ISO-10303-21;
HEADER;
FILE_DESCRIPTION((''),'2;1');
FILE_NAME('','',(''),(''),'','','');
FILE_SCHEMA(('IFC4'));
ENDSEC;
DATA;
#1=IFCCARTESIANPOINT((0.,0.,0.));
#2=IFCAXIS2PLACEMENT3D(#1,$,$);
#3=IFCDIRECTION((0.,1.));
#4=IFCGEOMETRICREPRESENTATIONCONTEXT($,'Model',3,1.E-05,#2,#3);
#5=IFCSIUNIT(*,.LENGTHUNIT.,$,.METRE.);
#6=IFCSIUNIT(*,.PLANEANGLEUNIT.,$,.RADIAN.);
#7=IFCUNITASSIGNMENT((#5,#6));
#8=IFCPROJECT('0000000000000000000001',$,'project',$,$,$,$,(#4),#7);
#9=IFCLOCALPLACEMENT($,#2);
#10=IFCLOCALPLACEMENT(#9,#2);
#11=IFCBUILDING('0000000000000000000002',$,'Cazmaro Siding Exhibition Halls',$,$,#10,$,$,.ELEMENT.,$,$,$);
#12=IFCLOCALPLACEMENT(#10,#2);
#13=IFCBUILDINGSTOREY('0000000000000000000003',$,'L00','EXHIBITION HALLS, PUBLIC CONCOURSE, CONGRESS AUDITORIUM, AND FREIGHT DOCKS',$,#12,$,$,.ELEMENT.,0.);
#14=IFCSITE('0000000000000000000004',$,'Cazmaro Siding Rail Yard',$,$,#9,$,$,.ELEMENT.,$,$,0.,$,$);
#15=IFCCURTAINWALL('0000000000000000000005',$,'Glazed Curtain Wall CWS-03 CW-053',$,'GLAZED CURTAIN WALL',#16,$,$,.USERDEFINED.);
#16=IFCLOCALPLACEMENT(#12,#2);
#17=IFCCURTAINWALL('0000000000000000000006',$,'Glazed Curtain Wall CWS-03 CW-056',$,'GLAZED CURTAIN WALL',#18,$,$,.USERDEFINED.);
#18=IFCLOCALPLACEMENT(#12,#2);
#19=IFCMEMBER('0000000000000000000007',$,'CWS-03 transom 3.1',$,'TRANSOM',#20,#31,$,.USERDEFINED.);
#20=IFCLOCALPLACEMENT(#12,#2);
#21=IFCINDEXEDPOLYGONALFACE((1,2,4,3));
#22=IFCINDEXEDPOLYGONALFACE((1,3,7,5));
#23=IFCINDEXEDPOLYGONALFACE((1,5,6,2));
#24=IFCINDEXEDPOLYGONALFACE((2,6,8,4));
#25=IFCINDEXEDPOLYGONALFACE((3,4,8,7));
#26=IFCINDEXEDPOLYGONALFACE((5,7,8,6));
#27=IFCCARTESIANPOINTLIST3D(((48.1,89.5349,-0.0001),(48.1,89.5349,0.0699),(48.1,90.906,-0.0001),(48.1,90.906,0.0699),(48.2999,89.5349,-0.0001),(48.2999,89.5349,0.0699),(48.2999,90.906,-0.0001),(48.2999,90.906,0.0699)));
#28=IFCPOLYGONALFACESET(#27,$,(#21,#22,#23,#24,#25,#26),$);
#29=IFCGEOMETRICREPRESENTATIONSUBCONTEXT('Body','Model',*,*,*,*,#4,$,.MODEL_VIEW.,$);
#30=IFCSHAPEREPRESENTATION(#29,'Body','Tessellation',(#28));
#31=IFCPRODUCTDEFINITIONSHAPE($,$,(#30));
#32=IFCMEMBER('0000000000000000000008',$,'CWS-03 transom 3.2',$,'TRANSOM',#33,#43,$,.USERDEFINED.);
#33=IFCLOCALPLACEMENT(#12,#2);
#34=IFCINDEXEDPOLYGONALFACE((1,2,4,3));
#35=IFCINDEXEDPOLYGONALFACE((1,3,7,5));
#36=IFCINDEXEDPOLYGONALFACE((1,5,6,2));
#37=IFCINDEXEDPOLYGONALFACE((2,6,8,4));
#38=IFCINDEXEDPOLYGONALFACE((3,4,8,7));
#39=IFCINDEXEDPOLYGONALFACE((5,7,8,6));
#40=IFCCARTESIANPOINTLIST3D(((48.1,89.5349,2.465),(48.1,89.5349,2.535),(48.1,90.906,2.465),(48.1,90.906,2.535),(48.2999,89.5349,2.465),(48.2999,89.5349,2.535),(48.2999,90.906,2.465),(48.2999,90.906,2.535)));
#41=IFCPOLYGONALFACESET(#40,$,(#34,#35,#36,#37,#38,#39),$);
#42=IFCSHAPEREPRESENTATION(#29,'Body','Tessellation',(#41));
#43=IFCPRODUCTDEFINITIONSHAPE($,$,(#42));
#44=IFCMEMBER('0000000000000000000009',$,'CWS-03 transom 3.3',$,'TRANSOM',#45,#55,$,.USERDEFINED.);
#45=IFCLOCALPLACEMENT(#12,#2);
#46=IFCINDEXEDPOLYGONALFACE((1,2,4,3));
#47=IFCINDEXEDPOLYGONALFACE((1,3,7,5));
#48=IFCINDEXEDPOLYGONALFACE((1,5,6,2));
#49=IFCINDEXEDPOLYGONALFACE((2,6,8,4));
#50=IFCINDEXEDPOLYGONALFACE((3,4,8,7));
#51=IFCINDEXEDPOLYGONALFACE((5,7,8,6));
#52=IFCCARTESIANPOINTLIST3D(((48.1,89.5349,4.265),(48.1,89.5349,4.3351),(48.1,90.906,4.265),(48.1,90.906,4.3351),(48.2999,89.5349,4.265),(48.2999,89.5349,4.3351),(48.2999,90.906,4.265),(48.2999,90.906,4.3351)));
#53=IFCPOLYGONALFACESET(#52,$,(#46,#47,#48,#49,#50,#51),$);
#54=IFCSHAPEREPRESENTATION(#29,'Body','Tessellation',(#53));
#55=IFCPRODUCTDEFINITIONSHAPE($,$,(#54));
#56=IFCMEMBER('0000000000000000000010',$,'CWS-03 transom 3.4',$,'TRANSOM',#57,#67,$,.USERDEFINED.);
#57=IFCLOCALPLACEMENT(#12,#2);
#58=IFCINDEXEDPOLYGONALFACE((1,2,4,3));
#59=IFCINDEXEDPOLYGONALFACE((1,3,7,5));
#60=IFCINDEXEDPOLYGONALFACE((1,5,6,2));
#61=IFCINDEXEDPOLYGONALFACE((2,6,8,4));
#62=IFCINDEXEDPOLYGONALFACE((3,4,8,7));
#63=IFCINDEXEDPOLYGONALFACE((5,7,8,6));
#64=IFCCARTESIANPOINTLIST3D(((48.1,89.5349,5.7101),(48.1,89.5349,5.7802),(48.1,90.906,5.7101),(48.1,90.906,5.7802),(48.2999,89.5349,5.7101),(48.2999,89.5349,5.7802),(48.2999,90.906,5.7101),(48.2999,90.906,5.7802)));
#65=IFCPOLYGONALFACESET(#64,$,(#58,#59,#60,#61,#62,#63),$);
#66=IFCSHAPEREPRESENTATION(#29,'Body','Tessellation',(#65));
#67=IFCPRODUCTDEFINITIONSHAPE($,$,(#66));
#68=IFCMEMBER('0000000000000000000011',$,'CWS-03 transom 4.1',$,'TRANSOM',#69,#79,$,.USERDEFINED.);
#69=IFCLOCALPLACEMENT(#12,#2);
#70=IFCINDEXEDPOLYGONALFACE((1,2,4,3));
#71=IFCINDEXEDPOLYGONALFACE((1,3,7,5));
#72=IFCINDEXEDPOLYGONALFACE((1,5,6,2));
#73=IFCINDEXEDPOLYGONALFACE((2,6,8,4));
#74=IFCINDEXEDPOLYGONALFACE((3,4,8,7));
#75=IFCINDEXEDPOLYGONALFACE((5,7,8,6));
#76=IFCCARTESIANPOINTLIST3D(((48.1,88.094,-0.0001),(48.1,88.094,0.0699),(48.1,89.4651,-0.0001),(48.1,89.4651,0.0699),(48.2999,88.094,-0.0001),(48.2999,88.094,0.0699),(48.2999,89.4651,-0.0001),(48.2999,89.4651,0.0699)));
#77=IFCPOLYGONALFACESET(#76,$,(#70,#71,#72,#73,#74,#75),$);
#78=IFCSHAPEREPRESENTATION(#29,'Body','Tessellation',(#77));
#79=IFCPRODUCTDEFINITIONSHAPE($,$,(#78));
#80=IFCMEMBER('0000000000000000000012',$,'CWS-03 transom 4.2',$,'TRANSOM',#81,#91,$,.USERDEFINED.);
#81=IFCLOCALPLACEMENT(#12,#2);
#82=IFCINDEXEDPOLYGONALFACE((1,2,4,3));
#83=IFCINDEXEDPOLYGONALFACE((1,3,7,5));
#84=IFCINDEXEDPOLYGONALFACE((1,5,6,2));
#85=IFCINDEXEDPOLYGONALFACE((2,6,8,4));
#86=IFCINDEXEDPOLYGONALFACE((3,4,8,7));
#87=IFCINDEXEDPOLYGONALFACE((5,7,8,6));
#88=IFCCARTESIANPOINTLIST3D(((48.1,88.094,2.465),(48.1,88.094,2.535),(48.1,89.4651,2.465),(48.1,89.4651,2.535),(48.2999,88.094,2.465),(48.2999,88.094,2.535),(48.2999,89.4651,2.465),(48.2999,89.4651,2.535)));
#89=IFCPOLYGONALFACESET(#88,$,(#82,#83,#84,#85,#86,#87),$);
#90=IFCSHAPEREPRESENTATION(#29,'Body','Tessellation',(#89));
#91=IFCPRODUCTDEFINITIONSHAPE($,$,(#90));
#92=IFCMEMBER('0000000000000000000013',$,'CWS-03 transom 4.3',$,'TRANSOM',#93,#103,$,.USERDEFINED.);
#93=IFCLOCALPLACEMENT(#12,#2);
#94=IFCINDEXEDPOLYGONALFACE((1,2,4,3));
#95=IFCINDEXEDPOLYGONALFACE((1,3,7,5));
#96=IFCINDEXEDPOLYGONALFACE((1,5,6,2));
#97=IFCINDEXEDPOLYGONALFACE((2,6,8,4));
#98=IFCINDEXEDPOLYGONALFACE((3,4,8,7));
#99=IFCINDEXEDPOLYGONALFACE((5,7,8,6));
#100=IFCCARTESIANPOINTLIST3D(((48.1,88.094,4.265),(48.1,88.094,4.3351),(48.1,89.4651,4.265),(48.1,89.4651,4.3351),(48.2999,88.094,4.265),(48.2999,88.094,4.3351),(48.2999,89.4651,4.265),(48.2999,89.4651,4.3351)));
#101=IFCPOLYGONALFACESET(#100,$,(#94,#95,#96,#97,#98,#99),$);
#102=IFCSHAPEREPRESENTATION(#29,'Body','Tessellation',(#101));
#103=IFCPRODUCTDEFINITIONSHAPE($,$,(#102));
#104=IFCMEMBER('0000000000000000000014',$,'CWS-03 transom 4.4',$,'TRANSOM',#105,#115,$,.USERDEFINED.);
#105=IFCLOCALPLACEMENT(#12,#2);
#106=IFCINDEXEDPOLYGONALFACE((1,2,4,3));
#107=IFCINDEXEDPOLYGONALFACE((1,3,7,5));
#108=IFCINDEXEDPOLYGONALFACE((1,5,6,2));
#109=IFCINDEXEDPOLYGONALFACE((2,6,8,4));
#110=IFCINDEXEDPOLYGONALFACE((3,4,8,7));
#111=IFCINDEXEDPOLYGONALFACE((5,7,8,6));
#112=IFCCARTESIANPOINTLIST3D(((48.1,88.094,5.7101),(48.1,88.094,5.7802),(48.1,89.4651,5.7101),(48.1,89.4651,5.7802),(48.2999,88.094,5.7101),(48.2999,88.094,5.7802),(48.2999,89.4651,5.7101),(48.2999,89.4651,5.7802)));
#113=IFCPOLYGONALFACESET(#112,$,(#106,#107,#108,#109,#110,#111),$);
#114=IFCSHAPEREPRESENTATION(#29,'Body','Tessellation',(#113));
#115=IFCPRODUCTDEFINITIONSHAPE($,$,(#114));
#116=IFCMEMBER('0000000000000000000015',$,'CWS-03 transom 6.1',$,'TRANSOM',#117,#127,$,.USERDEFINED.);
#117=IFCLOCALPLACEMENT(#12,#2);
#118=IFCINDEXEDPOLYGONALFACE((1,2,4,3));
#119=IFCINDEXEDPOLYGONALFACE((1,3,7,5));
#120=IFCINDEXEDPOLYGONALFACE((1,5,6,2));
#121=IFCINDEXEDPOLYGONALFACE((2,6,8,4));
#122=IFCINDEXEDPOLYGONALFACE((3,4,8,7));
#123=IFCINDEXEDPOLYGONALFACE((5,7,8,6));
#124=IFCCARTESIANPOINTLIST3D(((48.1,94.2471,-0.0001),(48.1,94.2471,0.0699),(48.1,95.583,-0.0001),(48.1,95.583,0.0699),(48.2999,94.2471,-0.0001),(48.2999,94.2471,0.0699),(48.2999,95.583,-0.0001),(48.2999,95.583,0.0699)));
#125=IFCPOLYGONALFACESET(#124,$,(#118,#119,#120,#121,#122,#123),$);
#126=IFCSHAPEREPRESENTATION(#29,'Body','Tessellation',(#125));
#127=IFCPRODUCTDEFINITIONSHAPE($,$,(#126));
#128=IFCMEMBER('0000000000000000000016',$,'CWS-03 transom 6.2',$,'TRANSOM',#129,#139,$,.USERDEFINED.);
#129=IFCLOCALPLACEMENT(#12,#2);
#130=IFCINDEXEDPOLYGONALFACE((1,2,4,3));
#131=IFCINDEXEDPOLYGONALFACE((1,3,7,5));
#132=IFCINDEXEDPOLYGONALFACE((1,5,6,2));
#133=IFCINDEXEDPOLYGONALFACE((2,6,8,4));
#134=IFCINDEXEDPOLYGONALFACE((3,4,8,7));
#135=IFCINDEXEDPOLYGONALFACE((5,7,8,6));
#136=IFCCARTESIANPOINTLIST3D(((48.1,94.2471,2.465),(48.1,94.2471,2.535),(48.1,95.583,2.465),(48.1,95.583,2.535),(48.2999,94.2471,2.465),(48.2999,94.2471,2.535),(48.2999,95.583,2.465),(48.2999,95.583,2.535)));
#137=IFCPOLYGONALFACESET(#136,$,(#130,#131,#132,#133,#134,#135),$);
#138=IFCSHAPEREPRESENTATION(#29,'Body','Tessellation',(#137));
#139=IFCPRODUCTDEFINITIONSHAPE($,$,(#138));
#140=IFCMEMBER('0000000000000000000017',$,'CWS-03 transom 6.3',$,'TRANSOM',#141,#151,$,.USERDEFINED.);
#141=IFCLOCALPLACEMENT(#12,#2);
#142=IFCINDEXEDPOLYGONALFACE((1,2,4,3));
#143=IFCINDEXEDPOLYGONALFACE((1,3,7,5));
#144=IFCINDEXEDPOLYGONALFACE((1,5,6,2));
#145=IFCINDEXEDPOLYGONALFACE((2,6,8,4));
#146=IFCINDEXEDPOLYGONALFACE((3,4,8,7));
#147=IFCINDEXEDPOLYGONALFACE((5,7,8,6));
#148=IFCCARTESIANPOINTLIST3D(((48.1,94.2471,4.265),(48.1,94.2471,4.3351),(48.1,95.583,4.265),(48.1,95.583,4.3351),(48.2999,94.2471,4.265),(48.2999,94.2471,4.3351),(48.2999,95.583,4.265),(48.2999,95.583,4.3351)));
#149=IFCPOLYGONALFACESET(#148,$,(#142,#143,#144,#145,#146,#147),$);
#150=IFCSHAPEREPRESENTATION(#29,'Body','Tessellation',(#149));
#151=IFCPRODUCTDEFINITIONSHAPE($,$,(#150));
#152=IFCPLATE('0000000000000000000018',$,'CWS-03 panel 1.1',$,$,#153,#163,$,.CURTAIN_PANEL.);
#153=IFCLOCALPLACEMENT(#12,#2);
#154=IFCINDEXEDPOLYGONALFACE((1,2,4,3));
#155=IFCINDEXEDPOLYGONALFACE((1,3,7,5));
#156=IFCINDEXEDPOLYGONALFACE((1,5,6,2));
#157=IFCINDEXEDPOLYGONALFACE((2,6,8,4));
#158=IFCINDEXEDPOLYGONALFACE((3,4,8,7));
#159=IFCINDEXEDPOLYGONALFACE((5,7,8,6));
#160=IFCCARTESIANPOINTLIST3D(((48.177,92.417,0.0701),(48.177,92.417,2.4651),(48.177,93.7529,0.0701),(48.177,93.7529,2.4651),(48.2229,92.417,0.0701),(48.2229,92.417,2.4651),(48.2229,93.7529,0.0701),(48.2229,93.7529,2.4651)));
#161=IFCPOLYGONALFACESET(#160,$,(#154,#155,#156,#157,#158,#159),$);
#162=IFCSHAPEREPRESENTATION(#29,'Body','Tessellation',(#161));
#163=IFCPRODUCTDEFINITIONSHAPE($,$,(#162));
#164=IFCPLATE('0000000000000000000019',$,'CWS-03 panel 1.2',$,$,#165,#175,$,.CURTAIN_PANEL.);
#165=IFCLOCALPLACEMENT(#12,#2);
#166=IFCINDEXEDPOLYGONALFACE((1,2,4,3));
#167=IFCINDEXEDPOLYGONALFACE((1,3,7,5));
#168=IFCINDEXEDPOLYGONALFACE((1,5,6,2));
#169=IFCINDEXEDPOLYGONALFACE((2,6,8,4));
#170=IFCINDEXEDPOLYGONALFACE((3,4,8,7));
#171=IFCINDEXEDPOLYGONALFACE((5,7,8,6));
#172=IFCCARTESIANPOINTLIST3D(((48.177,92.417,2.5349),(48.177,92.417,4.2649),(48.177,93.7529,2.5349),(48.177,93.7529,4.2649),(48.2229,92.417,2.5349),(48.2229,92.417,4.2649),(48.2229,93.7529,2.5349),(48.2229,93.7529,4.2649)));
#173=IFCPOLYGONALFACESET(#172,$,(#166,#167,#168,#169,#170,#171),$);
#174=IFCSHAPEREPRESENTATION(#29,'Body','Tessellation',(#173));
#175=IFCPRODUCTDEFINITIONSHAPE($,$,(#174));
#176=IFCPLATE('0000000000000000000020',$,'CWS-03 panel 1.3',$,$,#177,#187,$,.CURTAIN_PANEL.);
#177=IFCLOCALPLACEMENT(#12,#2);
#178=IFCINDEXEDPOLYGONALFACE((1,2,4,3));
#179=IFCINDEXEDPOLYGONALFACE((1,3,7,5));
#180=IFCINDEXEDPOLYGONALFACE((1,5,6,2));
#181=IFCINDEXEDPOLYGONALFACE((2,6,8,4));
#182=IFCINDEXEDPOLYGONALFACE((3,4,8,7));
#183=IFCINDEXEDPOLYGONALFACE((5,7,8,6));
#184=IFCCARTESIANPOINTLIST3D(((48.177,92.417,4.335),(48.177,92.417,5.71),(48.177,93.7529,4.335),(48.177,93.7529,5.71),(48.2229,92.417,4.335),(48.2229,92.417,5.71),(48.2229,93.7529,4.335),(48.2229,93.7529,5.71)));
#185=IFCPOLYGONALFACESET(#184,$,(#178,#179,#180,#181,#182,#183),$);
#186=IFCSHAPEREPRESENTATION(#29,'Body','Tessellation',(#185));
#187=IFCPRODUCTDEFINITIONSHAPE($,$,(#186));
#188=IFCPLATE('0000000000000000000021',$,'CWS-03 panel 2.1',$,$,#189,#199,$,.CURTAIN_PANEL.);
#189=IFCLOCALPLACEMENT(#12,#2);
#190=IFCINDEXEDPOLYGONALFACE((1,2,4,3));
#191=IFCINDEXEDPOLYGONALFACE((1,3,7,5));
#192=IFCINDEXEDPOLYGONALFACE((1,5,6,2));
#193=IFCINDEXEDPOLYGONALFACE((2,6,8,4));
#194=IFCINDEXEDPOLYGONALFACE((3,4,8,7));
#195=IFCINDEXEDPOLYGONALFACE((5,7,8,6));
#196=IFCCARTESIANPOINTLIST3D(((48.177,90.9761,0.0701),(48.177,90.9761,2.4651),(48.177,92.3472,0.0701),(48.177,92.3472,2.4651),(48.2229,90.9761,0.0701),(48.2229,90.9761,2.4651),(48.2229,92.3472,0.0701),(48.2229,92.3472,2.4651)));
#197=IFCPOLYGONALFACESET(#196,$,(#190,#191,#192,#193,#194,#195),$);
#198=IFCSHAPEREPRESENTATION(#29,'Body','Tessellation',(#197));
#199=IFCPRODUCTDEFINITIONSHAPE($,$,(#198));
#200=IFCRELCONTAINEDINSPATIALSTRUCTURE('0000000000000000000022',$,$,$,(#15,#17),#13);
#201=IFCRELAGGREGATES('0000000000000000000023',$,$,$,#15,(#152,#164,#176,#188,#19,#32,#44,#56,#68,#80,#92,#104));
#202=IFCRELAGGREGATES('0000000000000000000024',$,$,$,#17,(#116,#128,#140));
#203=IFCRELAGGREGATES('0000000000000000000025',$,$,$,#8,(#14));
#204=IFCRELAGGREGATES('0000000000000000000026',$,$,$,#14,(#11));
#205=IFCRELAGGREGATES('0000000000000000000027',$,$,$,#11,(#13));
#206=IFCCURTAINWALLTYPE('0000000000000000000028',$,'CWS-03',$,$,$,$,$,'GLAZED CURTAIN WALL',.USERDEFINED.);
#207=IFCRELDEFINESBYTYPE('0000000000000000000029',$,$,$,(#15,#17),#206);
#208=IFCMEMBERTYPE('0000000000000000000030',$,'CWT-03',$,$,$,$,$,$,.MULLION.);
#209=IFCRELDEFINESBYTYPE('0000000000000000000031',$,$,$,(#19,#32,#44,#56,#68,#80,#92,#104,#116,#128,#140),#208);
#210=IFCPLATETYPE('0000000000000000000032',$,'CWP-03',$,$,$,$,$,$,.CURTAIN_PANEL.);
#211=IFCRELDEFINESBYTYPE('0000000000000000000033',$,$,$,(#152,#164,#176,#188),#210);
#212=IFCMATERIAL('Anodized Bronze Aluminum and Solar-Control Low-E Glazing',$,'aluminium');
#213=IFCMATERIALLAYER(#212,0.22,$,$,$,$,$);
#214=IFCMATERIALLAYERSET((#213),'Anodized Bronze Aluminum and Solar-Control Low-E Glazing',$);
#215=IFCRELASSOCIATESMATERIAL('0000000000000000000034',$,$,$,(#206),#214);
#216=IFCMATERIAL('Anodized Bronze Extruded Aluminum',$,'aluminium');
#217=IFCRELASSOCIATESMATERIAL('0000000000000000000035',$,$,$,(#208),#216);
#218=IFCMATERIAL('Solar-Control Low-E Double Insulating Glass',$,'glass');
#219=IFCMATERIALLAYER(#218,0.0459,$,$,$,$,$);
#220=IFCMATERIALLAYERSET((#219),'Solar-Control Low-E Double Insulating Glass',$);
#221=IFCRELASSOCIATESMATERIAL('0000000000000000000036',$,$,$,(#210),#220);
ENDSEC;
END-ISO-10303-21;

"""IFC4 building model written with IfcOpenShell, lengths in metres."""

from ifc_helpers import new_model, si_unit, direction, frame, origin, origin_2d, place, context, subcontext, project, spatial, rectangle, extrude, material, layer, layer_set, material_profile, profile_set, type_object, element, aggregate, save


model = new_model("IFC4")

# Units and contexts
model_context = context("Model", 3, precision=1e-05, world=origin(), true_north=direction((0.0, 1.0)))
body_context = subcontext(model_context, "Body", "Model", "MODEL_VIEW")
ifc_project = project(units=[si_unit("LENGTHUNIT", "METRE"), si_unit("PLANEANGLEUNIT", "RADIAN")], contexts=[model_context])

# Site, building, storey
site_placement = place(None, origin())
site = spatial("IfcSite", under=ifc_project, at=site_placement, Name="Cazmaro Siding Rail Yard", CompositionType="ELEMENT", RefElevation=0.0)
building_placement = place(site_placement, origin())
building = spatial("IfcBuilding", under=site, at=building_placement, Name="Cazmaro Siding Exhibition Halls", CompositionType="ELEMENT")
storey_placement = place(building_placement, origin())
storey = spatial("IfcBuildingStorey", under=building, at=storey_placement, Name="L00", Description="EXHIBITION HALLS, PUBLIC CONCOURSE, CONGRESS AUDITORIUM, AND FREIGHT DOCKS", CompositionType="ELEMENT", Elevation=0.0)

# Curtain wall
ifc_material_1 = material(Name="Anodized Bronze Aluminum and Solar-Control Low-E Glazing", Category="aluminium")
ifc_layer_1 = layer(ifc_material_1, 0.22)
ifc_layer_set_1 = layer_set([ifc_layer_1], Name="Anodized Bronze Aluminum and Solar-Control Low-E Glazing")
curtain_wall_type = type_object("IfcCurtainWallType", Name="CWS-03", ElementType="GLAZED CURTAIN WALL", PredefinedType="USERDEFINED", material=ifc_layer_set_1)
curtain_wall_1_placement = place(storey_placement, origin())
curtain_wall_1 = element("IfcCurtainWall", 1, at=curtain_wall_1_placement, inside=storey, type_object=curtain_wall_type, Name="Glazed Curtain Wall CWS-03 CW-053", ObjectType="GLAZED CURTAIN WALL", PredefinedType="USERDEFINED")

# Curtain wall
curtain_wall_2_placement = place(storey_placement, origin())
curtain_wall_2 = element("IfcCurtainWall", 2, at=curtain_wall_2_placement, inside=storey, type_object=curtain_wall_type, Name="Glazed Curtain Wall CWS-03 CW-056", ObjectType="GLAZED CURTAIN WALL", PredefinedType="USERDEFINED")

# Members
ifc_material_2 = material(Name="Anodized Bronze Extruded Aluminum", Category="aluminium")
ifc_material_profile_1 = material_profile(ifc_material_2, rectangle(XDim=0.2, YDim=0.0701, at=origin_2d()), Name="CWT-03")
ifc_profile_set_1 = profile_set([ifc_material_profile_1], Name="Anodized Bronze Extruded Aluminum")
member_type_1 = type_object("IfcMemberType", Name="CWT-03", PredefinedType="MULLION", material=ifc_profile_set_1)
member_1_placement = place(storey_placement, frame((48.2, 90.906, 0.0349), z_axis=(0.0, -1.0, 0.0), x_axis=(1.0, 0.0, 0.0)))
member_1 = element("IfcMember", 3, at=member_1_placement, type_object=member_type_1, Name="CWS-03 transom 3.1", ObjectType="TRANSOM", PredefinedType="USERDEFINED", context=body_context, shape_type="SweptSolid", body=[
    extrude(rectangle(XDim=0.2, YDim=0.0701, at=origin_2d()), origin(), (0.0, 0.0, 1.0), 1.3711),
])
member_2_placement = place(storey_placement, frame((48.2, 90.906, 2.5), z_axis=(0.0, -1.0, 0.0), x_axis=(1.0, 0.0, 0.0)))
member_2 = element("IfcMember", 4, at=member_2_placement, type_object=member_type_1, Name="CWS-03 transom 3.2", ObjectType="TRANSOM", PredefinedType="USERDEFINED", context=body_context, shape_type="SweptSolid", body=[
    extrude(rectangle(XDim=0.2, YDim=0.0701, at=origin_2d()), origin(), (0.0, 0.0, 1.0), 1.3711),
])
member_3_placement = place(storey_placement, frame((48.2, 90.906, 4.3), z_axis=(0.0, -1.0, 0.0), x_axis=(1.0, 0.0, 0.0)))
member_3 = element("IfcMember", 5, at=member_3_placement, type_object=member_type_1, Name="CWS-03 transom 3.3", ObjectType="TRANSOM", PredefinedType="USERDEFINED", context=body_context, shape_type="SweptSolid", body=[
    extrude(rectangle(XDim=0.2, YDim=0.0701, at=origin_2d()), origin(), (0.0, 0.0, 1.0), 1.3711),
])
member_4_placement = place(storey_placement, frame((48.2, 90.906, 5.7451), z_axis=(0.0, -1.0, 0.0), x_axis=(1.0, 0.0, 0.0)))
member_4 = element("IfcMember", 6, at=member_4_placement, type_object=member_type_1, Name="CWS-03 transom 3.4", ObjectType="TRANSOM", PredefinedType="USERDEFINED", context=body_context, shape_type="SweptSolid", body=[
    extrude(rectangle(XDim=0.2, YDim=0.0701, at=origin_2d()), origin(), (0.0, 0.0, 1.0), 1.3711),
])
member_5_placement = place(storey_placement, frame((48.2, 89.4651, 0.0349), z_axis=(0.0, -1.0, 0.0), x_axis=(1.0, 0.0, 0.0)))
member_5 = element("IfcMember", 7, at=member_5_placement, type_object=member_type_1, Name="CWS-03 transom 4.1", ObjectType="TRANSOM", PredefinedType="USERDEFINED", context=body_context, shape_type="SweptSolid", body=[
    extrude(rectangle(XDim=0.2, YDim=0.0701, at=origin_2d()), origin(), (0.0, 0.0, 1.0), 1.3711),
])
member_6_placement = place(storey_placement, frame((48.2, 89.4651, 2.5), z_axis=(0.0, -1.0, 0.0), x_axis=(1.0, 0.0, 0.0)))
member_6 = element("IfcMember", 8, at=member_6_placement, type_object=member_type_1, Name="CWS-03 transom 4.2", ObjectType="TRANSOM", PredefinedType="USERDEFINED", context=body_context, shape_type="SweptSolid", body=[
    extrude(rectangle(XDim=0.2, YDim=0.0701, at=origin_2d()), origin(), (0.0, 0.0, 1.0), 1.3711),
])
member_7_placement = place(storey_placement, frame((48.2, 89.4651, 4.3), z_axis=(0.0, -1.0, 0.0), x_axis=(1.0, 0.0, 0.0)))
member_7 = element("IfcMember", 9, at=member_7_placement, type_object=member_type_1, Name="CWS-03 transom 4.3", ObjectType="TRANSOM", PredefinedType="USERDEFINED", context=body_context, shape_type="SweptSolid", body=[
    extrude(rectangle(XDim=0.2, YDim=0.0701, at=origin_2d()), origin(), (0.0, 0.0, 1.0), 1.3711),
])
member_8_placement = place(storey_placement, frame((48.2, 89.4651, 5.7451), z_axis=(0.0, -1.0, 0.0), x_axis=(1.0, 0.0, 0.0)))
member_8 = element("IfcMember", 10, at=member_8_placement, type_object=member_type_1, Name="CWS-03 transom 4.4", ObjectType="TRANSOM", PredefinedType="USERDEFINED", context=body_context, shape_type="SweptSolid", body=[
    extrude(rectangle(XDim=0.2, YDim=0.0701, at=origin_2d()), origin(), (0.0, 0.0, 1.0), 1.3711),
])
member_9_placement = place(storey_placement, frame((48.2, 95.583, 0.0349), z_axis=(0.0, -1.0, 0.0), x_axis=(1.0, 0.0, 0.0)))
member_9 = element("IfcMember", 11, at=member_9_placement, type_object=member_type_1, Name="CWS-03 transom 6.1", ObjectType="TRANSOM", PredefinedType="USERDEFINED", context=body_context, shape_type="SweptSolid", body=[
    extrude(rectangle(XDim=0.2, YDim=0.0701, at=origin_2d()), origin(), (0.0, 0.0, 1.0), 1.3359),
])
member_10_placement = place(storey_placement, frame((48.2, 95.583, 2.5), z_axis=(0.0, -1.0, 0.0), x_axis=(1.0, 0.0, 0.0)))
member_10 = element("IfcMember", 12, at=member_10_placement, type_object=member_type_1, Name="CWS-03 transom 6.2", ObjectType="TRANSOM", PredefinedType="USERDEFINED", context=body_context, shape_type="SweptSolid", body=[
    extrude(rectangle(XDim=0.2, YDim=0.0701, at=origin_2d()), origin(), (0.0, 0.0, 1.0), 1.3359),
])
member_11_placement = place(storey_placement, frame((48.2, 95.583, 4.3), z_axis=(0.0, -1.0, 0.0), x_axis=(1.0, 0.0, 0.0)))
member_11 = element("IfcMember", 13, at=member_11_placement, type_object=member_type_1, Name="CWS-03 transom 6.3", ObjectType="TRANSOM", PredefinedType="USERDEFINED", context=body_context, shape_type="SweptSolid", body=[
    extrude(rectangle(XDim=0.2, YDim=0.0701, at=origin_2d()), origin(), (0.0, 0.0, 1.0), 1.3359),
])

# Plates
ifc_material_3 = material(Name="Solar-Control Low-E Double Insulating Glass", Category="glass")
ifc_layer_2 = layer(ifc_material_3, 0.0459)
ifc_layer_set_2 = layer_set([ifc_layer_2], Name="Solar-Control Low-E Double Insulating Glass")
plate_type = type_object("IfcPlateType", Name="CWP-03", PredefinedType="CURTAIN_PANEL", material=ifc_layer_set_2)
plate_1_placement = place(storey_placement, frame((48.2, 93.085, 0.0701), z_axis=(0.0, 0.0, 1.0), x_axis=(0.0, -1.0, 0.0)))
plate_1 = element("IfcPlate", 14, at=plate_1_placement, type_object=plate_type, Name="CWS-03 panel 1.1", PredefinedType="CURTAIN_PANEL", context=body_context, shape_type="SweptSolid", body=[
    extrude(rectangle(XDim=1.3359, YDim=0.0459, at=origin_2d()), origin(), (0.0, 0.0, 1.0), 2.395),
])
plate_2_placement = place(storey_placement, frame((48.2, 93.085, 2.5349), z_axis=(0.0, 0.0, 1.0), x_axis=(0.0, -1.0, 0.0)))
plate_2 = element("IfcPlate", 15, at=plate_2_placement, type_object=plate_type, Name="CWS-03 panel 1.2", PredefinedType="CURTAIN_PANEL", context=body_context, shape_type="SweptSolid", body=[
    extrude(rectangle(XDim=1.3359, YDim=0.0459, at=origin_2d()), origin(), (0.0, 0.0, 1.0), 1.73),
])
plate_3_placement = place(storey_placement, frame((48.2, 93.085, 4.335), z_axis=(0.0, 0.0, 1.0), x_axis=(0.0, -1.0, 0.0)))
plate_3 = element("IfcPlate", 16, at=plate_3_placement, type_object=plate_type, Name="CWS-03 panel 1.3", PredefinedType="CURTAIN_PANEL", context=body_context, shape_type="SweptSolid", body=[
    extrude(rectangle(XDim=1.3359, YDim=0.0459, at=origin_2d()), origin(), (0.0, 0.0, 1.0), 1.375),
])
plate_4_placement = place(storey_placement, frame((48.2, 91.6616, 0.0701), z_axis=(0.0, 0.0, 1.0), x_axis=(0.0, -1.0, 0.0)))
plate_4 = element("IfcPlate", 17, at=plate_4_placement, type_object=plate_type, Name="CWS-03 panel 2.1", PredefinedType="CURTAIN_PANEL", context=body_context, shape_type="SweptSolid", body=[
    extrude(rectangle(XDim=1.3711, YDim=0.0459, at=origin_2d()), origin(), (0.0, 0.0, 1.0), 2.395),
])
aggregate(curtain_wall_1, [plate_1, plate_2, plate_3, plate_4, member_1, member_2, member_3, member_4, member_5, member_6, member_7, member_8])
aggregate(curtain_wall_2, [member_9, member_10, member_11])

save(model, "model.ifc")
